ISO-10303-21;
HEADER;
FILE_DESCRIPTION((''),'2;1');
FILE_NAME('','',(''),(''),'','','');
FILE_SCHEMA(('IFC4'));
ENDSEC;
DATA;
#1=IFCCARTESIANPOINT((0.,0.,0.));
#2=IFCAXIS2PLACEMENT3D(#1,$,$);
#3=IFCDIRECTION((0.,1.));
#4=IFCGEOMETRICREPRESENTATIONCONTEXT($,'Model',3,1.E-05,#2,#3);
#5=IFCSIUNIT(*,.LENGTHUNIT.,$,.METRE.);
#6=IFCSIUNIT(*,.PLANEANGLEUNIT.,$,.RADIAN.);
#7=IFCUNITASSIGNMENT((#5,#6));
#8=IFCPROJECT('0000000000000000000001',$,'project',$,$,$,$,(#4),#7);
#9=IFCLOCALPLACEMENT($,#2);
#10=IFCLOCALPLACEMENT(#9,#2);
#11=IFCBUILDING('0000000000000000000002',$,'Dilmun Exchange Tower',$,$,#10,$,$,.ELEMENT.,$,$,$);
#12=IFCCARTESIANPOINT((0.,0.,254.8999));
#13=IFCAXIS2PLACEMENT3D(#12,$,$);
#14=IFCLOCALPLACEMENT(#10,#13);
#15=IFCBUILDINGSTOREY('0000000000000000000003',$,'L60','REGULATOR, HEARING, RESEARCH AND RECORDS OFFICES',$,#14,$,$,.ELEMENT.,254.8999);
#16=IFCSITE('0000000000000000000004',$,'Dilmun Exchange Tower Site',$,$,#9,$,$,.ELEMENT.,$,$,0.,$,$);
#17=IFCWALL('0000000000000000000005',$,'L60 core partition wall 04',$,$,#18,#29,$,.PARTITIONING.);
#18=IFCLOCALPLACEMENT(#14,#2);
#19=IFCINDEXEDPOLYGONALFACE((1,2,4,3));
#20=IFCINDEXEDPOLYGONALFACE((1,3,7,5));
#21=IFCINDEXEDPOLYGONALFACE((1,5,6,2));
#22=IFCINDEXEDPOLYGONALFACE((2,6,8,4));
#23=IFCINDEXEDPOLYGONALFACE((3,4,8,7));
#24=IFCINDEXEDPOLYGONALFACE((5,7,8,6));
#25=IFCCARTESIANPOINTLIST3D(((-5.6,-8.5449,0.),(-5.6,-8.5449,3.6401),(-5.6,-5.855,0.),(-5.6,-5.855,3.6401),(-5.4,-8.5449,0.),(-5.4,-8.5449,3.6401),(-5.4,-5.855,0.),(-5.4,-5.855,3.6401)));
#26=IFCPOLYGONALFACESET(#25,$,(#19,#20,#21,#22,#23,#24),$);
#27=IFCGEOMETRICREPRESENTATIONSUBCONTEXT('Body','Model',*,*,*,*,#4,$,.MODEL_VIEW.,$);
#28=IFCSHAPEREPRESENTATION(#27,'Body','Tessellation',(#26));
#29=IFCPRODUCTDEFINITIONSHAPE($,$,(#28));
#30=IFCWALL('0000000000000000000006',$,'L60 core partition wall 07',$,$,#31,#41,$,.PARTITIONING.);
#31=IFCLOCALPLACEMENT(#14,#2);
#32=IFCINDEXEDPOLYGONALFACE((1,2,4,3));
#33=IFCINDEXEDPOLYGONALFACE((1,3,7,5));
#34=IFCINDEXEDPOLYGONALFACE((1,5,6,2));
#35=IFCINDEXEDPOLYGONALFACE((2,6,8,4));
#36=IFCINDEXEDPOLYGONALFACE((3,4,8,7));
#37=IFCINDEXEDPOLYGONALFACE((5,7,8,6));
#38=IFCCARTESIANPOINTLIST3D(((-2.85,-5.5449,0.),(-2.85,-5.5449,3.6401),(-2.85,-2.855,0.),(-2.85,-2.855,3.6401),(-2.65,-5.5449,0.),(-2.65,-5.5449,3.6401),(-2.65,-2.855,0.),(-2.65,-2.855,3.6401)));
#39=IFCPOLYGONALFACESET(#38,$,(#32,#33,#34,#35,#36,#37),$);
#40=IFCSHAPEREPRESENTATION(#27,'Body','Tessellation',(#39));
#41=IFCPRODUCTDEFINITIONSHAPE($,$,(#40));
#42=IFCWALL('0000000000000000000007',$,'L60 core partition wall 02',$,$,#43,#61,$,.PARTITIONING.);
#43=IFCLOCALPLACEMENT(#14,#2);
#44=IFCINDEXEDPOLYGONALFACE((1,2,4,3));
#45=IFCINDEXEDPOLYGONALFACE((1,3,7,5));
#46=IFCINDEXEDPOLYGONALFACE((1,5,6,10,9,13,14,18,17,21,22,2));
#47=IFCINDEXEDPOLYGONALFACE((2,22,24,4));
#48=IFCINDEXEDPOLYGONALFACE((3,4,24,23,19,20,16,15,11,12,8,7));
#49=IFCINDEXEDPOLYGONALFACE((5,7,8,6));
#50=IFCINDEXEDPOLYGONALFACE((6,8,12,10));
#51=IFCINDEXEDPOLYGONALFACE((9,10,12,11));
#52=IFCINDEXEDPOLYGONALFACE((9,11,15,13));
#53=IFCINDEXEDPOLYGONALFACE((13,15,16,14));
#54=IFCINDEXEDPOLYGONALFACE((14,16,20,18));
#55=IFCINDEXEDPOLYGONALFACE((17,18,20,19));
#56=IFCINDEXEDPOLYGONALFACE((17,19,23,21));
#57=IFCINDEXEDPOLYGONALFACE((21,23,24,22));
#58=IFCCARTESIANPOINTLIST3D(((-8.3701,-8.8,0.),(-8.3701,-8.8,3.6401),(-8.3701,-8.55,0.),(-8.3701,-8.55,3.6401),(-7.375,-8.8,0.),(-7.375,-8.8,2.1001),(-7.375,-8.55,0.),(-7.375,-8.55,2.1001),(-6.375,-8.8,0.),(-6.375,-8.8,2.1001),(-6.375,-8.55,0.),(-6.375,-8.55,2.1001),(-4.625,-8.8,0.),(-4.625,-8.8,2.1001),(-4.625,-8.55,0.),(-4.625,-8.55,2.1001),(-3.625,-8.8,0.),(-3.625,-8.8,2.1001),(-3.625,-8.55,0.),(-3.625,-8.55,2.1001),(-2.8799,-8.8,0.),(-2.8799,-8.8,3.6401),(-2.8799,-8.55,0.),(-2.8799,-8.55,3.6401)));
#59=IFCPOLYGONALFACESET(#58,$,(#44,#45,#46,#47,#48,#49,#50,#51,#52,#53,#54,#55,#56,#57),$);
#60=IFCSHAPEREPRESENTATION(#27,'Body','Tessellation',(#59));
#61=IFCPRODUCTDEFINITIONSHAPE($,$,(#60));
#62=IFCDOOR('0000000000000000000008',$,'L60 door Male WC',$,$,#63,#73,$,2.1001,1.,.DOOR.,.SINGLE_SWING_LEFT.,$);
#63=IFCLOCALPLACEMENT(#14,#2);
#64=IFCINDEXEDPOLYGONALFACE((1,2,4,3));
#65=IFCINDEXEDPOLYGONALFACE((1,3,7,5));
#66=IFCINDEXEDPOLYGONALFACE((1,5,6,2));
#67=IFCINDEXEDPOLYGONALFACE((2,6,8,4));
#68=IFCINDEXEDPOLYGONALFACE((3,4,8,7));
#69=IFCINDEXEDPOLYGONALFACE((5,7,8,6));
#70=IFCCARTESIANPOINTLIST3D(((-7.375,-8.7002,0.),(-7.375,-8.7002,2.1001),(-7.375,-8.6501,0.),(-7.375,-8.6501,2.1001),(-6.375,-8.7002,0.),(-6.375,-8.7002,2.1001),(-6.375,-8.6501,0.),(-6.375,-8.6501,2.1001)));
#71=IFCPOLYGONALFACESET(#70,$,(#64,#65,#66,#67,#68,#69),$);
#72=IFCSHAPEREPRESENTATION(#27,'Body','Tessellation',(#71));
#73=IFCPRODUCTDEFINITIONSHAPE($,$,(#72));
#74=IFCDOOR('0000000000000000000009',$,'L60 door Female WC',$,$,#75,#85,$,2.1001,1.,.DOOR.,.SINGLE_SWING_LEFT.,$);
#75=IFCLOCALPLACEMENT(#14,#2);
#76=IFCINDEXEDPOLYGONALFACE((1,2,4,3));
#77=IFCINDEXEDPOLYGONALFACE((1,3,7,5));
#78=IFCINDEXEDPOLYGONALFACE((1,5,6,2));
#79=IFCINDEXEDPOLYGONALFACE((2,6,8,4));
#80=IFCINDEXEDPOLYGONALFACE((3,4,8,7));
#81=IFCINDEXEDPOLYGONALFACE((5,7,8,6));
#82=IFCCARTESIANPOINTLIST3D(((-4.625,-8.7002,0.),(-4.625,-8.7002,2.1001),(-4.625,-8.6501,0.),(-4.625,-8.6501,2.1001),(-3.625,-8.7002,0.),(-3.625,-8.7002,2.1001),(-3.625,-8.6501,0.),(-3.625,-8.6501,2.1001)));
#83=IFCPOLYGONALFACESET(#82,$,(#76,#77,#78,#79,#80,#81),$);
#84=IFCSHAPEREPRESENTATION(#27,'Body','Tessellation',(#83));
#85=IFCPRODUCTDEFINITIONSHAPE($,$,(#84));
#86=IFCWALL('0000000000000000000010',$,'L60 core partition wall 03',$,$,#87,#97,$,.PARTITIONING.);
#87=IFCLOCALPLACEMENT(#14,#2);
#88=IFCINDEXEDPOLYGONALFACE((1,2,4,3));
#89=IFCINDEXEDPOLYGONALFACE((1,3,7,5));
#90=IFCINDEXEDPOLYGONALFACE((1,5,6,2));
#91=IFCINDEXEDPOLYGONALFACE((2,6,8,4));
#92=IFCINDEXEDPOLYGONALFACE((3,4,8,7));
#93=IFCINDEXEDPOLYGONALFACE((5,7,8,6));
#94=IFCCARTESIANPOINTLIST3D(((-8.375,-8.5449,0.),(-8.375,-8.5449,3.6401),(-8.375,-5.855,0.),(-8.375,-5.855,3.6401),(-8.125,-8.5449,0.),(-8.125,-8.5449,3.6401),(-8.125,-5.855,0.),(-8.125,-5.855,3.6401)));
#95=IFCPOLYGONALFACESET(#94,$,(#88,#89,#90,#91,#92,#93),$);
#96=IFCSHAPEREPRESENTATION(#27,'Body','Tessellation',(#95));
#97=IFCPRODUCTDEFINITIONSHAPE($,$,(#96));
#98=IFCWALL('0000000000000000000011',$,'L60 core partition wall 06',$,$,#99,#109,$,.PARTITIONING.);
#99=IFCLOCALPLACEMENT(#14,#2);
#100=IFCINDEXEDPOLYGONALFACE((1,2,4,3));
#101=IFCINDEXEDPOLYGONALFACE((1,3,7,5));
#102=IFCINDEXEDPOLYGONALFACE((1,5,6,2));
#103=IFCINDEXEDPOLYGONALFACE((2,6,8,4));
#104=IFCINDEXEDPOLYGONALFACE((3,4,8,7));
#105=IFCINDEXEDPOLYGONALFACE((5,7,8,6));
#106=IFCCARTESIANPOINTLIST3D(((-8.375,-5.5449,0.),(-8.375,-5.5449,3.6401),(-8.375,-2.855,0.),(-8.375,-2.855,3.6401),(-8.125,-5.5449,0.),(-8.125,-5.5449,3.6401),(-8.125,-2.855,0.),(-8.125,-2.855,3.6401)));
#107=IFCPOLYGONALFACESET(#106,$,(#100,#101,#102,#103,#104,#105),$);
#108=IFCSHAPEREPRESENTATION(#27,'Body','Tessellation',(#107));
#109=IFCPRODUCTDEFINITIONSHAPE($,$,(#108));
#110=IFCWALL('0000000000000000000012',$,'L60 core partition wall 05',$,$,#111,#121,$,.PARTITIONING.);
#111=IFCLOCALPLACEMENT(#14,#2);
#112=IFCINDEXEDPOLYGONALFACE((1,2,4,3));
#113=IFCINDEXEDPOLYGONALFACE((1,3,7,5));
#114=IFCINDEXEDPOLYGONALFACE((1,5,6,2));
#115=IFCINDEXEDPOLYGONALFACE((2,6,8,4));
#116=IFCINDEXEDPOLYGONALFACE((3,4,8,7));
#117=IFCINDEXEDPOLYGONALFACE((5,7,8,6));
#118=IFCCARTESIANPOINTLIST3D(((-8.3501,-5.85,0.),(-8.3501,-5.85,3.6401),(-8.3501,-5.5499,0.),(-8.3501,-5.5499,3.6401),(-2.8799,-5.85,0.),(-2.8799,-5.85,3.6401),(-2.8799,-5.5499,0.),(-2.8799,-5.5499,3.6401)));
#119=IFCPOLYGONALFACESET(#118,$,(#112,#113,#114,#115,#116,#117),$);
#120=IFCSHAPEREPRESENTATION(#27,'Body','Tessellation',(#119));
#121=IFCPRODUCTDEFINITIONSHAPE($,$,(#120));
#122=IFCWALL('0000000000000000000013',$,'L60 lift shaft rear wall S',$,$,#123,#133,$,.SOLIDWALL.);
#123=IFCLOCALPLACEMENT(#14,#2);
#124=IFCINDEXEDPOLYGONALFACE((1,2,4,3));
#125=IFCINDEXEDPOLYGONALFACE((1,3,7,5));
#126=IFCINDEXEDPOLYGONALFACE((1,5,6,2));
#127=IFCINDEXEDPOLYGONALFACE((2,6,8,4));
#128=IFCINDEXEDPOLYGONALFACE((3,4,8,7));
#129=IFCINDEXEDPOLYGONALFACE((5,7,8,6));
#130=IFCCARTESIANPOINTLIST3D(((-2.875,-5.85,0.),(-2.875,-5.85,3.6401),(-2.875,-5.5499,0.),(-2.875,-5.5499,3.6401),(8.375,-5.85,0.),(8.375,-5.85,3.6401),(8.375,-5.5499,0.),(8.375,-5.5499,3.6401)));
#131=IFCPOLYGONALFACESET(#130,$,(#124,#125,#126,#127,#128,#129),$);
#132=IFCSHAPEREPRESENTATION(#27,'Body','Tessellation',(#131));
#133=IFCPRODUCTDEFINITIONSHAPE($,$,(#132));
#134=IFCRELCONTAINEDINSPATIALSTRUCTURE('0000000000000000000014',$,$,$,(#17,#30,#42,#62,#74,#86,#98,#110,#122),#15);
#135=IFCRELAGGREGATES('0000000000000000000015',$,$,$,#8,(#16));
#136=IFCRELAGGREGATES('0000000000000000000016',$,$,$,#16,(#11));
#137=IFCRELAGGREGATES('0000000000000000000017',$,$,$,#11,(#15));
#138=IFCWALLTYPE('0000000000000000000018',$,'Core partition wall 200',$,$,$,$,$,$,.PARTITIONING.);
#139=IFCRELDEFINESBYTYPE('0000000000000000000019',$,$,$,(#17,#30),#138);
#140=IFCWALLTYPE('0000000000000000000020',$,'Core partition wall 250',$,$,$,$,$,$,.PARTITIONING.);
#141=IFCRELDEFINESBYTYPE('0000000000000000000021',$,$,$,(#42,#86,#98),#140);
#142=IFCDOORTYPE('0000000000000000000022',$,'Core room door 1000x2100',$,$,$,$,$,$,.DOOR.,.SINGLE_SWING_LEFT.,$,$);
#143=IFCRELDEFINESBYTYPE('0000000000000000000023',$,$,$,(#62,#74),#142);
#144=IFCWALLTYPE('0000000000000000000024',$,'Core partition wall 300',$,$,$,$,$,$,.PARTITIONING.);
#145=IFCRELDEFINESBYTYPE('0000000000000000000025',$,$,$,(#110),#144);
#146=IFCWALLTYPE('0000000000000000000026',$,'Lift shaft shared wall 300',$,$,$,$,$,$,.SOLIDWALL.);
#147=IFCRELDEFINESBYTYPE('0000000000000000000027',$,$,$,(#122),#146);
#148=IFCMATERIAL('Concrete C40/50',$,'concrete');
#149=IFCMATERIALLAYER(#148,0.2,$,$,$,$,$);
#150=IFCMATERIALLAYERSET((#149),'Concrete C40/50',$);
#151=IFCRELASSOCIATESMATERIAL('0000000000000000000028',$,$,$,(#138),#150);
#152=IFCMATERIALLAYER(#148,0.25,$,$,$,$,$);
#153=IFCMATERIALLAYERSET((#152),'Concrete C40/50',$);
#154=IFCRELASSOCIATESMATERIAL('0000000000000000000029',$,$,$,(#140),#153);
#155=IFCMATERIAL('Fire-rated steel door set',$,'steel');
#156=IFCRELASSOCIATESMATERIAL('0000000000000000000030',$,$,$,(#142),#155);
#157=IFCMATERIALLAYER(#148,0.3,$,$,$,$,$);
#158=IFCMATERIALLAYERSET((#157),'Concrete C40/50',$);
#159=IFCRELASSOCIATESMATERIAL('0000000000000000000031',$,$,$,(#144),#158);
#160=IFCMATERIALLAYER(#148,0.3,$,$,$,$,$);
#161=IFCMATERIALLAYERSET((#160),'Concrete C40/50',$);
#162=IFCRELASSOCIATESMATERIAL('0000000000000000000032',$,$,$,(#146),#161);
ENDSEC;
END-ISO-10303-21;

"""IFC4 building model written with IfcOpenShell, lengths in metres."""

from ifc_helpers import new_model, si_unit, direction, frame, frame_2d, origin, place, context, subcontext, project, spatial, rectangle, extrude, material, layer, layer_set, type_object, element, fill, save


model = new_model("IFC4")

# Units and contexts
model_context = context("Model", 3, precision=1e-05, world=origin(), true_north=direction((0.0, 1.0)))
body_context = subcontext(model_context, "Body", "Model", "MODEL_VIEW")
ifc_project = project(units=[si_unit("LENGTHUNIT", "METRE"), si_unit("PLANEANGLEUNIT", "RADIAN")], contexts=[model_context])

# Site, building, storey
site_placement = place(None, origin())
site = spatial("IfcSite", under=ifc_project, at=site_placement, Name="Dilmun Exchange Tower Site", CompositionType="ELEMENT", RefElevation=0.0)
building_placement = place(site_placement, origin())
building = spatial("IfcBuilding", under=site, at=building_placement, Name="Dilmun Exchange Tower", CompositionType="ELEMENT")
storey_placement = place(building_placement, frame((0.0, 0.0, 254.8999)))
storey = spatial("IfcBuildingStorey", under=building, at=storey_placement, Name="L60", Description="REGULATOR, HEARING, RESEARCH AND RECORDS OFFICES", CompositionType="ELEMENT", Elevation=254.8999)

# Walls
ifc_material_1 = material(Name="Concrete C40/50", Category="concrete")
ifc_layer_1 = layer(ifc_material_1, 0.2)
ifc_layer_set_1 = layer_set([ifc_layer_1], Name="Concrete C40/50")
wall_type_1 = type_object("IfcWallType", Name="Core partition wall 200", PredefinedType="PARTITIONING", material=ifc_layer_set_1)
for number, where, z_axis, x_axis, name in (
    (1, (-5.5, -8.5449, 0.0), (0.0, 0.0, 1.0), (0.0, 1.0, 0.0), "L60 core partition wall 04"),
    (2, (-2.75, -5.5449, 0.0), (0.0, 0.0, 1.0), (0.0, 1.0, 0.0), "L60 core partition wall 07"),
):
    element("IfcWall", number, at=place(storey_placement, frame(where, z_axis=z_axis, x_axis=x_axis)), inside=storey, type_object=wall_type_1, Name=name, PredefinedType="PARTITIONING", context=body_context, shape_type="SweptSolid", body=[
        extrude(rectangle(XDim=2.6899, YDim=0.2, at=frame_2d((1.345, 0.0))), origin(), (0.0, 0.0, 1.0), 3.6401),
    ])

# Wall, openings, doors
ifc_layer_2 = layer(ifc_material_1, 0.25)
ifc_layer_set_2 = layer_set([ifc_layer_2], Name="Concrete C40/50")
wall_type_2 = type_object("IfcWallType", Name="Core partition wall 250", PredefinedType="PARTITIONING", material=ifc_layer_set_2)
wall_1_placement = place(storey_placement, frame((-8.3701, -8.675, 0.0), z_axis=(0.0, 0.0, 1.0), x_axis=(1.0, 0.0, 0.0)))
wall_1 = element("IfcWall", 3, at=wall_1_placement, inside=storey, type_object=wall_type_2, Name="L60 core partition wall 02", PredefinedType="PARTITIONING", context=body_context, shape_type="SweptSolid", body=[
    extrude(rectangle(XDim=5.4902, YDim=0.25, at=frame_2d((2.7451, 0.0))), origin(), (0.0, 0.0, 1.0), 3.6401),
])
opening_1_placement = place(wall_1_placement, frame((0.9951, 0.0, 0.0)))
opening_1 = element("IfcOpeningElement", 4, at=opening_1_placement, cuts=wall_1, PredefinedType="OPENING", context=body_context, shape_type="SweptSolid", body=[
    extrude(rectangle(XDim=1.0, YDim=2.1001, at=frame_2d((0.5, 1.05))), frame((0.0, 0.135, 0.0), z_axis=(0.0, -1.0, 0.0), x_axis=(1.0, 0.0, 0.0)), (0.0, 0.0, 1.0), 0.27),
])
opening_2_placement = place(wall_1_placement, frame((3.7451, 0.0, 0.0)))
opening_2 = element("IfcOpeningElement", 5, at=opening_2_placement, cuts=wall_1, PredefinedType="OPENING", context=body_context, shape_type="SweptSolid", body=[
    extrude(rectangle(XDim=1.0, YDim=2.1001, at=frame_2d((0.5, 1.05))), frame((0.0, 0.135, 0.0), z_axis=(0.0, -1.0, 0.0), x_axis=(1.0, 0.0, 0.0)), (0.0, 0.0, 1.0), 0.27),
])
ifc_material_2 = material(Name="Fire-rated steel door set", Category="steel")
door_type_1 = type_object("IfcDoorType", Name="Core room door 1000x2100", OperationType="SINGLE_SWING_LEFT", PredefinedType="DOOR", material=ifc_material_2)
door_1_placement = place(opening_1_placement, origin())
door_1 = element("IfcDoor", 6, at=door_1_placement, inside=storey, type_object=door_type_1, Name="L60 door Male WC", OperationType="SINGLE_SWING_LEFT", OverallHeight=2.1001, OverallWidth=1.0, PredefinedType="DOOR", context=body_context, shape_type="SweptSolid", body=[
    extrude(rectangle(XDim=1.0, YDim=2.1001, at=frame_2d((0.5, 1.05))), frame((0.0, 0.0249, 0.0), z_axis=(0.0, -1.0, 0.0), x_axis=(1.0, 0.0, 0.0)), (0.0, 0.0, 1.0), 0.05),
])
fill(opening_1, door_1)
door_2_placement = place(opening_2_placement, origin())
door_2 = element("IfcDoor", 7, at=door_2_placement, inside=storey, type_object=door_type_1, Name="L60 door Female WC", OperationType="SINGLE_SWING_LEFT", OverallHeight=2.1001, OverallWidth=1.0, PredefinedType="DOOR", context=body_context, shape_type="SweptSolid", body=[
    extrude(rectangle(XDim=1.0, YDim=2.1001, at=frame_2d((0.5, 1.05))), frame((0.0, 0.0249, 0.0), z_axis=(0.0, -1.0, 0.0), x_axis=(1.0, 0.0, 0.0)), (0.0, 0.0, 1.0), 0.05),
])
fill(opening_2, door_2)

# Walls
for number, where, z_axis, x_axis, name in (
    (8, (-8.25, -8.5449, 0.0), (0.0, 0.0, 1.0), (0.0, 1.0, 0.0), "L60 core partition wall 03"),
    (9, (-8.25, -5.5449, 0.0), (0.0, 0.0, 1.0), (0.0, 1.0, 0.0), "L60 core partition wall 06"),
):
    element("IfcWall", number, at=place(storey_placement, frame(where, z_axis=z_axis, x_axis=x_axis)), inside=storey, type_object=wall_type_2, Name=name, PredefinedType="PARTITIONING", context=body_context, shape_type="SweptSolid", body=[
        extrude(rectangle(XDim=2.6899, YDim=0.25, at=frame_2d((1.345, 0.0))), origin(), (0.0, 0.0, 1.0), 3.6401),
    ])
ifc_layer_3 = layer(ifc_material_1, 0.3)
ifc_layer_set_3 = layer_set([ifc_layer_3], Name="Concrete C40/50")
wall_type_3 = type_object("IfcWallType", Name="Core partition wall 300", PredefinedType="PARTITIONING", material=ifc_layer_set_3)
wall_2_placement = place(storey_placement, frame((-8.3501, -5.7, 0.0), z_axis=(0.0, 0.0, 1.0), x_axis=(1.0, 0.0, 0.0)))
element("IfcWall", 10, at=wall_2_placement, inside=storey, type_object=wall_type_3, Name="L60 core partition wall 05", PredefinedType="PARTITIONING", context=body_context, shape_type="SweptSolid", body=[
    extrude(rectangle(XDim=5.4702, YDim=0.3, at=frame_2d((2.7351, 0.0))), origin(), (0.0, 0.0, 1.0), 3.6401),
])
ifc_layer_4 = layer(ifc_material_1, 0.3)
ifc_layer_set_4 = layer_set([ifc_layer_4], Name="Concrete C40/50")
wall_type_4 = type_object("IfcWallType", Name="Lift shaft shared wall 300", PredefinedType="SOLIDWALL", material=ifc_layer_set_4)
wall_3_placement = place(storey_placement, frame((-2.875, -5.7, 0.0), z_axis=(0.0, 0.0, 1.0), x_axis=(1.0, 0.0, 0.0)))
element("IfcWall", 11, at=wall_3_placement, inside=storey, type_object=wall_type_4, Name="L60 lift shaft rear wall S", PredefinedType="SOLIDWALL", context=body_context, shape_type="SweptSolid", body=[
    extrude(rectangle(XDim=11.25, YDim=0.3, at=frame_2d((5.625, 0.0))), origin(), (0.0, 0.0, 1.0), 3.6401),
])

save(model, "model.ifc")
